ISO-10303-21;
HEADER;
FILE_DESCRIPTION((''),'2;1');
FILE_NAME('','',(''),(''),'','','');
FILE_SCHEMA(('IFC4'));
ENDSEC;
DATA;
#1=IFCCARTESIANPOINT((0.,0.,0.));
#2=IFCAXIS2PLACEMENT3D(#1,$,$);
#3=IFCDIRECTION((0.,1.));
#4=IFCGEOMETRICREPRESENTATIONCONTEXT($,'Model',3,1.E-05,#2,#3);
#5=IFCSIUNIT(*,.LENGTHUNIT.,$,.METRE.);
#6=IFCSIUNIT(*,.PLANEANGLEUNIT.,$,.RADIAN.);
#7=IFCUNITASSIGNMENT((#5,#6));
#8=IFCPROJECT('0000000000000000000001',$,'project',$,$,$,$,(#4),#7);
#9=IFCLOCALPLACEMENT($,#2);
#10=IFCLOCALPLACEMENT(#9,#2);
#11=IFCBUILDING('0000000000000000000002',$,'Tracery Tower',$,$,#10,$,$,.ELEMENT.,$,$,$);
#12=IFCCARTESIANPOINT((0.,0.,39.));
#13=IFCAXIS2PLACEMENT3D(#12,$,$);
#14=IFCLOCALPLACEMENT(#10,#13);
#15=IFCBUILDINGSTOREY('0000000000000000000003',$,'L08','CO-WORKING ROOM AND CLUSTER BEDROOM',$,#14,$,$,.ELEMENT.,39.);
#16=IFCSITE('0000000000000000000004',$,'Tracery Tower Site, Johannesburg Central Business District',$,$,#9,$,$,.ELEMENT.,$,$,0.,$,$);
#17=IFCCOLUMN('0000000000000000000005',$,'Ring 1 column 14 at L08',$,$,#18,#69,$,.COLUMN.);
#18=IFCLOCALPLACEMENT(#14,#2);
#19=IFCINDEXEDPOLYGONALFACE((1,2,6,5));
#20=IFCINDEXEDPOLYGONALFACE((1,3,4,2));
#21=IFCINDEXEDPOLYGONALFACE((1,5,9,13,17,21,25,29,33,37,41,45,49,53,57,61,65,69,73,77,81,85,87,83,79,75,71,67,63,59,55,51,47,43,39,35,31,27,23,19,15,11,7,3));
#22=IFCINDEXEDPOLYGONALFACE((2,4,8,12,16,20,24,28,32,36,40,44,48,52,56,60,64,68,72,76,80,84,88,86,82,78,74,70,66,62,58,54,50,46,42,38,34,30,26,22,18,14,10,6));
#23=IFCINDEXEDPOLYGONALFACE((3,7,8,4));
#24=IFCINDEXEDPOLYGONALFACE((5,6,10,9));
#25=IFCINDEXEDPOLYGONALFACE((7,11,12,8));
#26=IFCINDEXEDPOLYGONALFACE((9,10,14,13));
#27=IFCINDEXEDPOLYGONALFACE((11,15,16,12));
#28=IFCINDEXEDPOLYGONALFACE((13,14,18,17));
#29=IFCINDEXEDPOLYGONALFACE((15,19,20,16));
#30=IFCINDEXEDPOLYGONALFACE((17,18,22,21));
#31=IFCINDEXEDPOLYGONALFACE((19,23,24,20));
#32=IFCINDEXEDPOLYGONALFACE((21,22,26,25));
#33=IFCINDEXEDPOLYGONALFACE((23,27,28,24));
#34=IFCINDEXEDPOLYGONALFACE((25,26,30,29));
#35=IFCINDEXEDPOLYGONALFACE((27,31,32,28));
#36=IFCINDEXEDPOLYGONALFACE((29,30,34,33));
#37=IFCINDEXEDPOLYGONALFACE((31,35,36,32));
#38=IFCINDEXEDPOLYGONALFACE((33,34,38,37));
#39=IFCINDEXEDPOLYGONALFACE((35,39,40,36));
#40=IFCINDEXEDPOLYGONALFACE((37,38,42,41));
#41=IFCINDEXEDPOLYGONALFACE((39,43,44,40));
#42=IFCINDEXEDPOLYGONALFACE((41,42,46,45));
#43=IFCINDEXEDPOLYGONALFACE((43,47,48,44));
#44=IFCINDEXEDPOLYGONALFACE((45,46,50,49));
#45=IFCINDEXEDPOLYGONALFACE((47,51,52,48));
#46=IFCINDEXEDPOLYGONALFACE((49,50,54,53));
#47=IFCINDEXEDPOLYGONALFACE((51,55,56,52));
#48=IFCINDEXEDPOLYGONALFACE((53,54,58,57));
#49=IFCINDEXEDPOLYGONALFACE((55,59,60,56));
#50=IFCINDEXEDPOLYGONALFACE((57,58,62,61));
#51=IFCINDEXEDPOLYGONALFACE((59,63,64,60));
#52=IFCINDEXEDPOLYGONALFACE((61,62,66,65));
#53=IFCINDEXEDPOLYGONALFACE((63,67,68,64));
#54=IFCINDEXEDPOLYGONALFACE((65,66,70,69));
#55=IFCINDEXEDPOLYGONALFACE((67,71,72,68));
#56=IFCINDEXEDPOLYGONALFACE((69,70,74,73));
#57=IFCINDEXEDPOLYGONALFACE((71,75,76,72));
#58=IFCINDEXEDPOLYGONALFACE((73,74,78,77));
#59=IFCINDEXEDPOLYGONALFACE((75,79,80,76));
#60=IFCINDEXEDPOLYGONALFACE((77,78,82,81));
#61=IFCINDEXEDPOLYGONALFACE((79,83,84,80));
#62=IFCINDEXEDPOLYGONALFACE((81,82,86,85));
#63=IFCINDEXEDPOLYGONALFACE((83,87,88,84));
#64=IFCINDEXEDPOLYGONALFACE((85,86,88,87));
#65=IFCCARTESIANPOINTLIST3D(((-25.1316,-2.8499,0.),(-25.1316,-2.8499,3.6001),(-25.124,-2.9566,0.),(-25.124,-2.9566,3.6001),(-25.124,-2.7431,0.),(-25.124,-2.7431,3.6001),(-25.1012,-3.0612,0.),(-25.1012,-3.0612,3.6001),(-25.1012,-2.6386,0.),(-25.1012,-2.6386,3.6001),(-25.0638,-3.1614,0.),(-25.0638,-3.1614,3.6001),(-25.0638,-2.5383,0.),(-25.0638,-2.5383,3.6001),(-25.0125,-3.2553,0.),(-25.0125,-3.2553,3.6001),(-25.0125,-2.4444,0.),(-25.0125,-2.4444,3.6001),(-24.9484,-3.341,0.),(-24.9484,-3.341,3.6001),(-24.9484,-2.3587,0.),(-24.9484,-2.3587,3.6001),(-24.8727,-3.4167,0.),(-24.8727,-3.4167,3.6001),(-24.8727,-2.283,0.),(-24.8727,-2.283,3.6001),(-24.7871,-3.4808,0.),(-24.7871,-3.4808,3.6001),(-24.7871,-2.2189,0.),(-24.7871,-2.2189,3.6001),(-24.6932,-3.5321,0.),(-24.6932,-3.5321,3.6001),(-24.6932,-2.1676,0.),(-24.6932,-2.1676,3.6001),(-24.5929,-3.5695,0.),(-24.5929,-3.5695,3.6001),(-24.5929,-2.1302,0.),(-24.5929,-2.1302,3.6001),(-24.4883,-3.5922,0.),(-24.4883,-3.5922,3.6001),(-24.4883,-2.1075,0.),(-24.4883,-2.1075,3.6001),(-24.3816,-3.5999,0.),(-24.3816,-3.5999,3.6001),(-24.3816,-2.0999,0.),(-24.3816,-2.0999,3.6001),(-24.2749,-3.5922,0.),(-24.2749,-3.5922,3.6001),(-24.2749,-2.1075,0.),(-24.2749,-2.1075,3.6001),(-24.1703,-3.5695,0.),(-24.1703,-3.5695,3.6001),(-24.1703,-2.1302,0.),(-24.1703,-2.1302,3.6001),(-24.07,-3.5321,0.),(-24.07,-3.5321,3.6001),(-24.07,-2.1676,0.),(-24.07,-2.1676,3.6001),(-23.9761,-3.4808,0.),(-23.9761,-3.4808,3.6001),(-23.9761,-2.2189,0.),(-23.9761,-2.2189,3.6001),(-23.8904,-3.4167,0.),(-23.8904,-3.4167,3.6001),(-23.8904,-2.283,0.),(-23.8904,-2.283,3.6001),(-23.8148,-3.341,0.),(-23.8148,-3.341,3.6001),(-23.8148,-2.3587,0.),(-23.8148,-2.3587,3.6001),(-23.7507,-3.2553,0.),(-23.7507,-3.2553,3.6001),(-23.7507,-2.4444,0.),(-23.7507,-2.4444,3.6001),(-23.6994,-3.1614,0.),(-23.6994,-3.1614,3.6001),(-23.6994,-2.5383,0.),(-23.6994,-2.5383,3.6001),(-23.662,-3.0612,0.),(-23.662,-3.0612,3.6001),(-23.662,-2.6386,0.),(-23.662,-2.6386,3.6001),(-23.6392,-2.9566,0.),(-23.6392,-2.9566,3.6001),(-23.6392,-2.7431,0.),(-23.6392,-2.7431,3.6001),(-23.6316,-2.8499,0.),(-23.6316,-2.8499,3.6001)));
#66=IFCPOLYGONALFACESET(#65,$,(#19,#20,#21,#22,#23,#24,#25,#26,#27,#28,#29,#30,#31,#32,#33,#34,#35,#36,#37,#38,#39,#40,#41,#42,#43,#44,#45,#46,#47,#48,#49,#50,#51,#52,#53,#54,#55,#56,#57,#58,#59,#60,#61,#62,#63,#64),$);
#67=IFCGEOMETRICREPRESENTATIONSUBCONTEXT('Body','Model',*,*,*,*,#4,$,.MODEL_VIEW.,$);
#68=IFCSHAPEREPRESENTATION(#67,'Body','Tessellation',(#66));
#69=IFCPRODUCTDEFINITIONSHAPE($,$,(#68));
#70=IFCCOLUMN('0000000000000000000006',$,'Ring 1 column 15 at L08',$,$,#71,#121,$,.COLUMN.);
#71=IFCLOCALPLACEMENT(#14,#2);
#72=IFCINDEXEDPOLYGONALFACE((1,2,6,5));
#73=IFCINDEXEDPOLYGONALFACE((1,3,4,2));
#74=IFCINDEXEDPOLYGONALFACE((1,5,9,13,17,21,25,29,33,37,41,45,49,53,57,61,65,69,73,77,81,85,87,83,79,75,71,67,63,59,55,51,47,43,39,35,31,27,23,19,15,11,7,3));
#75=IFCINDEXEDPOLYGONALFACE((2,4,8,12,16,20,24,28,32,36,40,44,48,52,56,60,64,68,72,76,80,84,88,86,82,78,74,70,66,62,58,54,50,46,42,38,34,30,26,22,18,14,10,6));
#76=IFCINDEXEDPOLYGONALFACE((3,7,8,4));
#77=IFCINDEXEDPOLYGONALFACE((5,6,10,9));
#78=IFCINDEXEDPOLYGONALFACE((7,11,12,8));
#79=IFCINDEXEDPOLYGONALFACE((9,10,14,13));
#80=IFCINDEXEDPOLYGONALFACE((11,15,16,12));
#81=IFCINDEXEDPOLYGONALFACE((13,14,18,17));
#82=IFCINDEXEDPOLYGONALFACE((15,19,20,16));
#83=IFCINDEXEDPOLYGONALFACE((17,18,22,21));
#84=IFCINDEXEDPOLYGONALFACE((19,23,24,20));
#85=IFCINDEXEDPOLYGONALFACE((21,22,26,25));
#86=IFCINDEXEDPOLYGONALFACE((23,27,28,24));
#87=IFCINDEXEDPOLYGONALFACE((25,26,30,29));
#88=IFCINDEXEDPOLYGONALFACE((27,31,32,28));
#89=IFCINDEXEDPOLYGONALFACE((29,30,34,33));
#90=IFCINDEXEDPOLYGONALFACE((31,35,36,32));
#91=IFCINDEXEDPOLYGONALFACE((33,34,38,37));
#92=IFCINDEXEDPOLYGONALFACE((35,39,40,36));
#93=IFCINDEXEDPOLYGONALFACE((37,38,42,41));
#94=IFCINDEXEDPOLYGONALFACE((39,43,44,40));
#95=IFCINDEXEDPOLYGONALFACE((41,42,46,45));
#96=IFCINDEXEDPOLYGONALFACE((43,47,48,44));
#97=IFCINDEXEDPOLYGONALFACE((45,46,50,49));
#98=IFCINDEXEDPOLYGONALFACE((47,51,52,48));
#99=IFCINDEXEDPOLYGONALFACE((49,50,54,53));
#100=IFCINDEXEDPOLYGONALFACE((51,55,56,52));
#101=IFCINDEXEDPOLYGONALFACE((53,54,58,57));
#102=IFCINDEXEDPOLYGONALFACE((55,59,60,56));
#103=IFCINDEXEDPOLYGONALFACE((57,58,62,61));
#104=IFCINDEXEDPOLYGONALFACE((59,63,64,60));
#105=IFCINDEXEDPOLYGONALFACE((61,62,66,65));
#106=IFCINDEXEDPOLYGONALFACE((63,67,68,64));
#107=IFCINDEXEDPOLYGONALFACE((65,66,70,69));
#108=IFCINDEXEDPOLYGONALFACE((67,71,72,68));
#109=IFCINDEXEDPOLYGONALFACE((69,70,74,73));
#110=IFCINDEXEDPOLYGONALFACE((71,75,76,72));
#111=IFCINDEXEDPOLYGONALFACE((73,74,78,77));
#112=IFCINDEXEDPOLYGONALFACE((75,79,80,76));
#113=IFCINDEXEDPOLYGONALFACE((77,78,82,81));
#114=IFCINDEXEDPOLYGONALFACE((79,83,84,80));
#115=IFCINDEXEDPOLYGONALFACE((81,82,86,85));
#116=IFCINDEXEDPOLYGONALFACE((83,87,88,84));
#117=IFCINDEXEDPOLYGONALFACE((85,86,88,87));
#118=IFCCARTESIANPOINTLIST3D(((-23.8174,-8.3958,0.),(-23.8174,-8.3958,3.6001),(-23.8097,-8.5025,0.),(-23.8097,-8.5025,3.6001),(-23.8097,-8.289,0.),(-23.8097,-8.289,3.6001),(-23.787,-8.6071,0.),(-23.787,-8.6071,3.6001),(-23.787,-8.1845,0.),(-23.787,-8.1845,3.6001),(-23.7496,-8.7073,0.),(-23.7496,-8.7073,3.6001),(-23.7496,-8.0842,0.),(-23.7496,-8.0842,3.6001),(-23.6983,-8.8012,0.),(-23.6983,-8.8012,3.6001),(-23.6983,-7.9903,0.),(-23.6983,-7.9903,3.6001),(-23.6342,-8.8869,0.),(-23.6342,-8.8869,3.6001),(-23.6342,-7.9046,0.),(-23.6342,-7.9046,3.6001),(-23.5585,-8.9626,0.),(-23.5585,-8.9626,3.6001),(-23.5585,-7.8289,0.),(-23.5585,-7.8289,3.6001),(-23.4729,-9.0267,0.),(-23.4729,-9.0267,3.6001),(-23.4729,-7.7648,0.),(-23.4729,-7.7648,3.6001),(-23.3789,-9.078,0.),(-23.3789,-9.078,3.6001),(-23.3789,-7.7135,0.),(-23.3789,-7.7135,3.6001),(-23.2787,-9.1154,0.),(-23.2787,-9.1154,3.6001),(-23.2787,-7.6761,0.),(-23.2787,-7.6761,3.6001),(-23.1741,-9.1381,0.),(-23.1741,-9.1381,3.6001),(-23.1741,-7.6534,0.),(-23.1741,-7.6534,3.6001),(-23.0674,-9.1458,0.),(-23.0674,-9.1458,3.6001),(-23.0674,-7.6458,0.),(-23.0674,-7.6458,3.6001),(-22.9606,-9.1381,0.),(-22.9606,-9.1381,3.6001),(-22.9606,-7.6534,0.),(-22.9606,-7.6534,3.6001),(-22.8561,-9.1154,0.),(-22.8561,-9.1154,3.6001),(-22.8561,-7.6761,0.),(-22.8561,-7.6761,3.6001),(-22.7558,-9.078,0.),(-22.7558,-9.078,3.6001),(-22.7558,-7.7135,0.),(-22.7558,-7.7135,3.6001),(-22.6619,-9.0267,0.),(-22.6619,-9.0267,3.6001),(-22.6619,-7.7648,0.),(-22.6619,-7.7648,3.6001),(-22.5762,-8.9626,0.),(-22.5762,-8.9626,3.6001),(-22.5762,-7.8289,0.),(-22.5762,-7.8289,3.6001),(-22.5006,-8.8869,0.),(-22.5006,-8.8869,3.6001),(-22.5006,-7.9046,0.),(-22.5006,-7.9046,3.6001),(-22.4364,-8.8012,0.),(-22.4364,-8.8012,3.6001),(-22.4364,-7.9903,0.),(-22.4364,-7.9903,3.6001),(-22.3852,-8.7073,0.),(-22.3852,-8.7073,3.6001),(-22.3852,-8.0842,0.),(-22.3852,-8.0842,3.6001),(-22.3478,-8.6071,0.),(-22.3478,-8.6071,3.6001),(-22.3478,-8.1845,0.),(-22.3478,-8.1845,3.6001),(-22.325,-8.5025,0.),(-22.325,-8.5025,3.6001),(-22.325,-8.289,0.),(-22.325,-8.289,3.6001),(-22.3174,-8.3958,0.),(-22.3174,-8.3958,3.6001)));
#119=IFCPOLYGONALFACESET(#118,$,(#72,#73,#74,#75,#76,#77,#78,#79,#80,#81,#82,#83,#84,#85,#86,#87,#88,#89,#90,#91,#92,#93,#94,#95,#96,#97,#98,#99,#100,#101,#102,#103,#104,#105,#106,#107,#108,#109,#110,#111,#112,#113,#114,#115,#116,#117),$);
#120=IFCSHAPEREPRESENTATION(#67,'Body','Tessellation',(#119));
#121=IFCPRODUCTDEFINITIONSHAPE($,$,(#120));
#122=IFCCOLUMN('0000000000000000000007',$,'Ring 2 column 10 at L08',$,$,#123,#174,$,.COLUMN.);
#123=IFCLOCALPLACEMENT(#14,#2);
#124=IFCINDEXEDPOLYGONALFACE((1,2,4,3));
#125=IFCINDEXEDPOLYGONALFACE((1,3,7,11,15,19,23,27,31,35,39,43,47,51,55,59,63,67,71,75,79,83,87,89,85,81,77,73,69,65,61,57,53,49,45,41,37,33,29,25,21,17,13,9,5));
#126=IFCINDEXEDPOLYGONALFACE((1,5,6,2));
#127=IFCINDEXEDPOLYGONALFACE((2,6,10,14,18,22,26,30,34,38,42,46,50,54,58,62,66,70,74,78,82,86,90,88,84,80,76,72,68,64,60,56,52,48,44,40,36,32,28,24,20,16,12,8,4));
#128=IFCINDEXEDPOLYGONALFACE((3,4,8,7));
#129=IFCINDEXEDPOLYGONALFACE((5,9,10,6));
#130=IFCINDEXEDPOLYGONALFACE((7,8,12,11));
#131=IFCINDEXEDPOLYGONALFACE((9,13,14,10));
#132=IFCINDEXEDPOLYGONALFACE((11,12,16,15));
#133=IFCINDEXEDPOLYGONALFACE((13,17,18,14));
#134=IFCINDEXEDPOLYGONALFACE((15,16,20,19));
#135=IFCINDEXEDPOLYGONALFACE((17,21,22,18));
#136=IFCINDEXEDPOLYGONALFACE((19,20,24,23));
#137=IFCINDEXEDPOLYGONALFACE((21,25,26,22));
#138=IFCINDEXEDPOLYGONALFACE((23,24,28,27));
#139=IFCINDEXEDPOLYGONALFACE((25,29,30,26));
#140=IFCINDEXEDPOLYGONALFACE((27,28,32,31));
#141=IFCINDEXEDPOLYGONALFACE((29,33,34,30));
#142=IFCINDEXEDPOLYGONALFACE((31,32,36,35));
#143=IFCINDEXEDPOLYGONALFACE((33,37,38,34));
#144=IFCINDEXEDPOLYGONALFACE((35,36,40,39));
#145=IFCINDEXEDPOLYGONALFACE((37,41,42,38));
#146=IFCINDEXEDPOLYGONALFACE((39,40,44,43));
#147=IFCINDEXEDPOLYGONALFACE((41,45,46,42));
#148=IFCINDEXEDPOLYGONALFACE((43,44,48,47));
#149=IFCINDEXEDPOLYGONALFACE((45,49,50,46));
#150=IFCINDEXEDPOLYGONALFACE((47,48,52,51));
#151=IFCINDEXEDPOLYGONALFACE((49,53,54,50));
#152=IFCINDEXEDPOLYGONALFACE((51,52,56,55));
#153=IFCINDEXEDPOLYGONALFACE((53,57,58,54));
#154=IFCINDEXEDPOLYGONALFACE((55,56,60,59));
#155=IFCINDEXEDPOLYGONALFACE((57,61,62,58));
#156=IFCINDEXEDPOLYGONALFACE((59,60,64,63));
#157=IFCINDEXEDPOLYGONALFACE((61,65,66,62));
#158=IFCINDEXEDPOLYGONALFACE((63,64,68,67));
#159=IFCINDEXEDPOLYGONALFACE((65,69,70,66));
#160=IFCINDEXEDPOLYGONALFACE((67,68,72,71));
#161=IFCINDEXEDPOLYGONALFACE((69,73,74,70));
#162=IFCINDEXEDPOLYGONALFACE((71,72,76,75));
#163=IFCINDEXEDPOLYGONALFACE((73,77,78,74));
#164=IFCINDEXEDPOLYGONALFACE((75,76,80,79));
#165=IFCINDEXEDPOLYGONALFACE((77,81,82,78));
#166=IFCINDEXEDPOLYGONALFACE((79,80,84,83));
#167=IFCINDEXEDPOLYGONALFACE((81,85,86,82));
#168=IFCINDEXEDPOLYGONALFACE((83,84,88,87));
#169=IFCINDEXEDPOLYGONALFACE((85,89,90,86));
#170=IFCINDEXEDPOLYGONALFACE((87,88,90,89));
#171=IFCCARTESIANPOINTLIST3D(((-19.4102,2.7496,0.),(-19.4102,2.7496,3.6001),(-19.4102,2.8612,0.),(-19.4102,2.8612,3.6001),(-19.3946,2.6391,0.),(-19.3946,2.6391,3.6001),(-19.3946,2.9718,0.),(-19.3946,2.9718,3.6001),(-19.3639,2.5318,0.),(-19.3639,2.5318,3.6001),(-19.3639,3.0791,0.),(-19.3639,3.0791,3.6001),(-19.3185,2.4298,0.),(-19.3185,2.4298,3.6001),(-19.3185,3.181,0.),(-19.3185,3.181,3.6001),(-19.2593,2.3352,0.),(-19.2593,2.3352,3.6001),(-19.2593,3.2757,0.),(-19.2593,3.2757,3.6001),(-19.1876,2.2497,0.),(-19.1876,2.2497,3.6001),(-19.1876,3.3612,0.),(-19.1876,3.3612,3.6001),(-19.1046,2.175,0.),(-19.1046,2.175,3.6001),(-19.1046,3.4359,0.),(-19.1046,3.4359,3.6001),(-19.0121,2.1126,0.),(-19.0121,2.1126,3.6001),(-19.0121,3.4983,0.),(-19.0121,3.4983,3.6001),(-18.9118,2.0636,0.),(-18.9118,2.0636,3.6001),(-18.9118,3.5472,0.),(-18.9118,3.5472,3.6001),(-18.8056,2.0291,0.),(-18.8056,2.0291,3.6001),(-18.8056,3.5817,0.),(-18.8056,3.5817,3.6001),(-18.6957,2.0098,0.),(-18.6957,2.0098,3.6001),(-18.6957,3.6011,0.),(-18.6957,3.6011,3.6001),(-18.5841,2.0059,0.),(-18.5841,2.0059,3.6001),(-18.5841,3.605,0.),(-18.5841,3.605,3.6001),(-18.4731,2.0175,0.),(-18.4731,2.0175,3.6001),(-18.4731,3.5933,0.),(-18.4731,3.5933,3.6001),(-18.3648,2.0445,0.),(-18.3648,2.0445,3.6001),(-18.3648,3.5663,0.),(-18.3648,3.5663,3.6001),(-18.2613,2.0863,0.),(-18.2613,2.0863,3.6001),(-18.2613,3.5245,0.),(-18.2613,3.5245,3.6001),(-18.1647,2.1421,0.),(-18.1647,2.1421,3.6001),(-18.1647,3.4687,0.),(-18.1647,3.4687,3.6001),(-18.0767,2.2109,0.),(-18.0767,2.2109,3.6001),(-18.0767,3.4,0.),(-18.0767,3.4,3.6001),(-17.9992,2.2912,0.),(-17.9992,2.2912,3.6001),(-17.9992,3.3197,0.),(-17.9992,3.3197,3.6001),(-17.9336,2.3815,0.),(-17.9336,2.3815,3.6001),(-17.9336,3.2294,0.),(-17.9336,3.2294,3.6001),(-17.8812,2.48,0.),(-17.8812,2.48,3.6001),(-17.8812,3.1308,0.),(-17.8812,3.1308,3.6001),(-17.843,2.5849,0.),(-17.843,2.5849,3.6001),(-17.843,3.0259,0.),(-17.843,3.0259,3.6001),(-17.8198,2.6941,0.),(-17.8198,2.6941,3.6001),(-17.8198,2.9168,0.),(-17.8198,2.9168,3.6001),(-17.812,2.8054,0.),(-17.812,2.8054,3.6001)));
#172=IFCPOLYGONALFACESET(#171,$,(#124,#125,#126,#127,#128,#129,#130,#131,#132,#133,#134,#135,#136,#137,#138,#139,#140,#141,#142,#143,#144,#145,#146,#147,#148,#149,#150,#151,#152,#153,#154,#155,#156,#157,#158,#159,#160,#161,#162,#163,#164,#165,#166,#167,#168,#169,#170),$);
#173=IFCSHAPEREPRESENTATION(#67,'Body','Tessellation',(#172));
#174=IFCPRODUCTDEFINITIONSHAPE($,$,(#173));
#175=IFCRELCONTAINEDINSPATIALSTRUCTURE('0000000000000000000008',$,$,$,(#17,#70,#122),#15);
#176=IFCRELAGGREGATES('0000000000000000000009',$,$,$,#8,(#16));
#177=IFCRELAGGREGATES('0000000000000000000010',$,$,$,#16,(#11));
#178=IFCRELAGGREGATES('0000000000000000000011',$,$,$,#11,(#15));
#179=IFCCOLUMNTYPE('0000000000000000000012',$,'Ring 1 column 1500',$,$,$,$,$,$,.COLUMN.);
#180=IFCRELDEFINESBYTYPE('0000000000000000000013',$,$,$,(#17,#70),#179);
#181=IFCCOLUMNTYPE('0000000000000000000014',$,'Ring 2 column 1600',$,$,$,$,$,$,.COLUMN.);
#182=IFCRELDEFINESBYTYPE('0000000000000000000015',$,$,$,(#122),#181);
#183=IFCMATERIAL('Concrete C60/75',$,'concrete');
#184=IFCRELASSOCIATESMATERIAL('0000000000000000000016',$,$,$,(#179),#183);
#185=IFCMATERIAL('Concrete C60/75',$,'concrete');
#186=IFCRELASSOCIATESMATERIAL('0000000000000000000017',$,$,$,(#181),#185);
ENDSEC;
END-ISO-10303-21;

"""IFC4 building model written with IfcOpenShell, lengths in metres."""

from ifc_helpers import new_model, si_unit, direction, frame, origin, origin_2d, place, context, subcontext, project, spatial, circle, extrude, material, material_profile, profile_set, type_object, element, save


model = new_model("IFC4")

# Units and contexts
model_context = context("Model", 3, precision=1e-05, world=origin(), true_north=direction((0.0, 1.0)))
body_context = subcontext(model_context, "Body", "Model", "MODEL_VIEW")
ifc_project = project(units=[si_unit("LENGTHUNIT", "METRE"), si_unit("PLANEANGLEUNIT", "RADIAN")], contexts=[model_context])

# Site, building, storey
site_placement = place(None, origin())
site = spatial("IfcSite", under=ifc_project, at=site_placement, Name="Tracery Tower Site, Johannesburg Central Business District", CompositionType="ELEMENT", RefElevation=0.0)
building_placement = place(site_placement, origin())
building = spatial("IfcBuilding", under=site, at=building_placement, Name="Tracery Tower", CompositionType="ELEMENT")
storey_placement = place(building_placement, frame((0.0, 0.0, 39.0)))
storey = spatial("IfcBuildingStorey", under=building, at=storey_placement, Name="L08", Description="CO-WORKING ROOM AND CLUSTER BEDROOM", CompositionType="ELEMENT", Elevation=39.0)

# Columns
ifc_material_1 = material(Name="Concrete C60/75", Category="concrete")
ifc_material_profile_1 = material_profile(ifc_material_1, circle(Radius=0.75, at=origin_2d()), Name="RC D1500")
ifc_profile_set_1 = profile_set([ifc_material_profile_1], Name="Concrete C60/75")
column_type_1 = type_object("IfcColumnType", Name="Ring 1 column 1500", PredefinedType="COLUMN", material=ifc_profile_set_1)
for number, where, z_axis, x_axis, name in (
    (1, (-24.3816, -2.8499, 0.0), (0.0, 0.0, 1.0), (1.0, 0.0, 0.0), "Ring 1 column 14 at L08"),
    (2, (-23.0674, -8.3958, 0.0), (0.0, 0.0, 1.0), (1.0, 0.0, 0.0), "Ring 1 column 15 at L08"),
):
    element("IfcColumn", number, at=place(storey_placement, frame(where, z_axis=z_axis, x_axis=x_axis)), inside=storey, type_object=column_type_1, Name=name, PredefinedType="COLUMN", context=body_context, shape_type="SweptSolid", body=[
        extrude(circle(Radius=0.75, at=origin_2d()), origin(), (0.0, 0.0, 1.0), 3.6001),
    ])
ifc_material_2 = material(Name="Concrete C60/75", Category="concrete")
ifc_material_profile_2 = material_profile(ifc_material_2, circle(Radius=0.8, at=origin_2d()), Name="RC D1600")
ifc_profile_set_2 = profile_set([ifc_material_profile_2], Name="Concrete C60/75")
column_type_2 = type_object("IfcColumnType", Name="Ring 2 column 1600", PredefinedType="COLUMN", material=ifc_profile_set_2)
for number, where, z_axis, x_axis, name in (
    (3, (-18.6121, 2.8054, 0.0), (0.0, 0.0, 1.0), (1.0, 0.0, 0.0), "Ring 2 column 10 at L08"),
):
    element("IfcColumn", number, at=place(storey_placement, frame(where, z_axis=z_axis, x_axis=x_axis)), inside=storey, type_object=column_type_2, Name=name, PredefinedType="COLUMN", context=body_context, shape_type="SweptSolid", body=[
        extrude(circle(Radius=0.8, at=origin_2d()), origin(), (0.0, 0.0, 1.0), 3.6001),
    ])

save(model, "model.ifc")
